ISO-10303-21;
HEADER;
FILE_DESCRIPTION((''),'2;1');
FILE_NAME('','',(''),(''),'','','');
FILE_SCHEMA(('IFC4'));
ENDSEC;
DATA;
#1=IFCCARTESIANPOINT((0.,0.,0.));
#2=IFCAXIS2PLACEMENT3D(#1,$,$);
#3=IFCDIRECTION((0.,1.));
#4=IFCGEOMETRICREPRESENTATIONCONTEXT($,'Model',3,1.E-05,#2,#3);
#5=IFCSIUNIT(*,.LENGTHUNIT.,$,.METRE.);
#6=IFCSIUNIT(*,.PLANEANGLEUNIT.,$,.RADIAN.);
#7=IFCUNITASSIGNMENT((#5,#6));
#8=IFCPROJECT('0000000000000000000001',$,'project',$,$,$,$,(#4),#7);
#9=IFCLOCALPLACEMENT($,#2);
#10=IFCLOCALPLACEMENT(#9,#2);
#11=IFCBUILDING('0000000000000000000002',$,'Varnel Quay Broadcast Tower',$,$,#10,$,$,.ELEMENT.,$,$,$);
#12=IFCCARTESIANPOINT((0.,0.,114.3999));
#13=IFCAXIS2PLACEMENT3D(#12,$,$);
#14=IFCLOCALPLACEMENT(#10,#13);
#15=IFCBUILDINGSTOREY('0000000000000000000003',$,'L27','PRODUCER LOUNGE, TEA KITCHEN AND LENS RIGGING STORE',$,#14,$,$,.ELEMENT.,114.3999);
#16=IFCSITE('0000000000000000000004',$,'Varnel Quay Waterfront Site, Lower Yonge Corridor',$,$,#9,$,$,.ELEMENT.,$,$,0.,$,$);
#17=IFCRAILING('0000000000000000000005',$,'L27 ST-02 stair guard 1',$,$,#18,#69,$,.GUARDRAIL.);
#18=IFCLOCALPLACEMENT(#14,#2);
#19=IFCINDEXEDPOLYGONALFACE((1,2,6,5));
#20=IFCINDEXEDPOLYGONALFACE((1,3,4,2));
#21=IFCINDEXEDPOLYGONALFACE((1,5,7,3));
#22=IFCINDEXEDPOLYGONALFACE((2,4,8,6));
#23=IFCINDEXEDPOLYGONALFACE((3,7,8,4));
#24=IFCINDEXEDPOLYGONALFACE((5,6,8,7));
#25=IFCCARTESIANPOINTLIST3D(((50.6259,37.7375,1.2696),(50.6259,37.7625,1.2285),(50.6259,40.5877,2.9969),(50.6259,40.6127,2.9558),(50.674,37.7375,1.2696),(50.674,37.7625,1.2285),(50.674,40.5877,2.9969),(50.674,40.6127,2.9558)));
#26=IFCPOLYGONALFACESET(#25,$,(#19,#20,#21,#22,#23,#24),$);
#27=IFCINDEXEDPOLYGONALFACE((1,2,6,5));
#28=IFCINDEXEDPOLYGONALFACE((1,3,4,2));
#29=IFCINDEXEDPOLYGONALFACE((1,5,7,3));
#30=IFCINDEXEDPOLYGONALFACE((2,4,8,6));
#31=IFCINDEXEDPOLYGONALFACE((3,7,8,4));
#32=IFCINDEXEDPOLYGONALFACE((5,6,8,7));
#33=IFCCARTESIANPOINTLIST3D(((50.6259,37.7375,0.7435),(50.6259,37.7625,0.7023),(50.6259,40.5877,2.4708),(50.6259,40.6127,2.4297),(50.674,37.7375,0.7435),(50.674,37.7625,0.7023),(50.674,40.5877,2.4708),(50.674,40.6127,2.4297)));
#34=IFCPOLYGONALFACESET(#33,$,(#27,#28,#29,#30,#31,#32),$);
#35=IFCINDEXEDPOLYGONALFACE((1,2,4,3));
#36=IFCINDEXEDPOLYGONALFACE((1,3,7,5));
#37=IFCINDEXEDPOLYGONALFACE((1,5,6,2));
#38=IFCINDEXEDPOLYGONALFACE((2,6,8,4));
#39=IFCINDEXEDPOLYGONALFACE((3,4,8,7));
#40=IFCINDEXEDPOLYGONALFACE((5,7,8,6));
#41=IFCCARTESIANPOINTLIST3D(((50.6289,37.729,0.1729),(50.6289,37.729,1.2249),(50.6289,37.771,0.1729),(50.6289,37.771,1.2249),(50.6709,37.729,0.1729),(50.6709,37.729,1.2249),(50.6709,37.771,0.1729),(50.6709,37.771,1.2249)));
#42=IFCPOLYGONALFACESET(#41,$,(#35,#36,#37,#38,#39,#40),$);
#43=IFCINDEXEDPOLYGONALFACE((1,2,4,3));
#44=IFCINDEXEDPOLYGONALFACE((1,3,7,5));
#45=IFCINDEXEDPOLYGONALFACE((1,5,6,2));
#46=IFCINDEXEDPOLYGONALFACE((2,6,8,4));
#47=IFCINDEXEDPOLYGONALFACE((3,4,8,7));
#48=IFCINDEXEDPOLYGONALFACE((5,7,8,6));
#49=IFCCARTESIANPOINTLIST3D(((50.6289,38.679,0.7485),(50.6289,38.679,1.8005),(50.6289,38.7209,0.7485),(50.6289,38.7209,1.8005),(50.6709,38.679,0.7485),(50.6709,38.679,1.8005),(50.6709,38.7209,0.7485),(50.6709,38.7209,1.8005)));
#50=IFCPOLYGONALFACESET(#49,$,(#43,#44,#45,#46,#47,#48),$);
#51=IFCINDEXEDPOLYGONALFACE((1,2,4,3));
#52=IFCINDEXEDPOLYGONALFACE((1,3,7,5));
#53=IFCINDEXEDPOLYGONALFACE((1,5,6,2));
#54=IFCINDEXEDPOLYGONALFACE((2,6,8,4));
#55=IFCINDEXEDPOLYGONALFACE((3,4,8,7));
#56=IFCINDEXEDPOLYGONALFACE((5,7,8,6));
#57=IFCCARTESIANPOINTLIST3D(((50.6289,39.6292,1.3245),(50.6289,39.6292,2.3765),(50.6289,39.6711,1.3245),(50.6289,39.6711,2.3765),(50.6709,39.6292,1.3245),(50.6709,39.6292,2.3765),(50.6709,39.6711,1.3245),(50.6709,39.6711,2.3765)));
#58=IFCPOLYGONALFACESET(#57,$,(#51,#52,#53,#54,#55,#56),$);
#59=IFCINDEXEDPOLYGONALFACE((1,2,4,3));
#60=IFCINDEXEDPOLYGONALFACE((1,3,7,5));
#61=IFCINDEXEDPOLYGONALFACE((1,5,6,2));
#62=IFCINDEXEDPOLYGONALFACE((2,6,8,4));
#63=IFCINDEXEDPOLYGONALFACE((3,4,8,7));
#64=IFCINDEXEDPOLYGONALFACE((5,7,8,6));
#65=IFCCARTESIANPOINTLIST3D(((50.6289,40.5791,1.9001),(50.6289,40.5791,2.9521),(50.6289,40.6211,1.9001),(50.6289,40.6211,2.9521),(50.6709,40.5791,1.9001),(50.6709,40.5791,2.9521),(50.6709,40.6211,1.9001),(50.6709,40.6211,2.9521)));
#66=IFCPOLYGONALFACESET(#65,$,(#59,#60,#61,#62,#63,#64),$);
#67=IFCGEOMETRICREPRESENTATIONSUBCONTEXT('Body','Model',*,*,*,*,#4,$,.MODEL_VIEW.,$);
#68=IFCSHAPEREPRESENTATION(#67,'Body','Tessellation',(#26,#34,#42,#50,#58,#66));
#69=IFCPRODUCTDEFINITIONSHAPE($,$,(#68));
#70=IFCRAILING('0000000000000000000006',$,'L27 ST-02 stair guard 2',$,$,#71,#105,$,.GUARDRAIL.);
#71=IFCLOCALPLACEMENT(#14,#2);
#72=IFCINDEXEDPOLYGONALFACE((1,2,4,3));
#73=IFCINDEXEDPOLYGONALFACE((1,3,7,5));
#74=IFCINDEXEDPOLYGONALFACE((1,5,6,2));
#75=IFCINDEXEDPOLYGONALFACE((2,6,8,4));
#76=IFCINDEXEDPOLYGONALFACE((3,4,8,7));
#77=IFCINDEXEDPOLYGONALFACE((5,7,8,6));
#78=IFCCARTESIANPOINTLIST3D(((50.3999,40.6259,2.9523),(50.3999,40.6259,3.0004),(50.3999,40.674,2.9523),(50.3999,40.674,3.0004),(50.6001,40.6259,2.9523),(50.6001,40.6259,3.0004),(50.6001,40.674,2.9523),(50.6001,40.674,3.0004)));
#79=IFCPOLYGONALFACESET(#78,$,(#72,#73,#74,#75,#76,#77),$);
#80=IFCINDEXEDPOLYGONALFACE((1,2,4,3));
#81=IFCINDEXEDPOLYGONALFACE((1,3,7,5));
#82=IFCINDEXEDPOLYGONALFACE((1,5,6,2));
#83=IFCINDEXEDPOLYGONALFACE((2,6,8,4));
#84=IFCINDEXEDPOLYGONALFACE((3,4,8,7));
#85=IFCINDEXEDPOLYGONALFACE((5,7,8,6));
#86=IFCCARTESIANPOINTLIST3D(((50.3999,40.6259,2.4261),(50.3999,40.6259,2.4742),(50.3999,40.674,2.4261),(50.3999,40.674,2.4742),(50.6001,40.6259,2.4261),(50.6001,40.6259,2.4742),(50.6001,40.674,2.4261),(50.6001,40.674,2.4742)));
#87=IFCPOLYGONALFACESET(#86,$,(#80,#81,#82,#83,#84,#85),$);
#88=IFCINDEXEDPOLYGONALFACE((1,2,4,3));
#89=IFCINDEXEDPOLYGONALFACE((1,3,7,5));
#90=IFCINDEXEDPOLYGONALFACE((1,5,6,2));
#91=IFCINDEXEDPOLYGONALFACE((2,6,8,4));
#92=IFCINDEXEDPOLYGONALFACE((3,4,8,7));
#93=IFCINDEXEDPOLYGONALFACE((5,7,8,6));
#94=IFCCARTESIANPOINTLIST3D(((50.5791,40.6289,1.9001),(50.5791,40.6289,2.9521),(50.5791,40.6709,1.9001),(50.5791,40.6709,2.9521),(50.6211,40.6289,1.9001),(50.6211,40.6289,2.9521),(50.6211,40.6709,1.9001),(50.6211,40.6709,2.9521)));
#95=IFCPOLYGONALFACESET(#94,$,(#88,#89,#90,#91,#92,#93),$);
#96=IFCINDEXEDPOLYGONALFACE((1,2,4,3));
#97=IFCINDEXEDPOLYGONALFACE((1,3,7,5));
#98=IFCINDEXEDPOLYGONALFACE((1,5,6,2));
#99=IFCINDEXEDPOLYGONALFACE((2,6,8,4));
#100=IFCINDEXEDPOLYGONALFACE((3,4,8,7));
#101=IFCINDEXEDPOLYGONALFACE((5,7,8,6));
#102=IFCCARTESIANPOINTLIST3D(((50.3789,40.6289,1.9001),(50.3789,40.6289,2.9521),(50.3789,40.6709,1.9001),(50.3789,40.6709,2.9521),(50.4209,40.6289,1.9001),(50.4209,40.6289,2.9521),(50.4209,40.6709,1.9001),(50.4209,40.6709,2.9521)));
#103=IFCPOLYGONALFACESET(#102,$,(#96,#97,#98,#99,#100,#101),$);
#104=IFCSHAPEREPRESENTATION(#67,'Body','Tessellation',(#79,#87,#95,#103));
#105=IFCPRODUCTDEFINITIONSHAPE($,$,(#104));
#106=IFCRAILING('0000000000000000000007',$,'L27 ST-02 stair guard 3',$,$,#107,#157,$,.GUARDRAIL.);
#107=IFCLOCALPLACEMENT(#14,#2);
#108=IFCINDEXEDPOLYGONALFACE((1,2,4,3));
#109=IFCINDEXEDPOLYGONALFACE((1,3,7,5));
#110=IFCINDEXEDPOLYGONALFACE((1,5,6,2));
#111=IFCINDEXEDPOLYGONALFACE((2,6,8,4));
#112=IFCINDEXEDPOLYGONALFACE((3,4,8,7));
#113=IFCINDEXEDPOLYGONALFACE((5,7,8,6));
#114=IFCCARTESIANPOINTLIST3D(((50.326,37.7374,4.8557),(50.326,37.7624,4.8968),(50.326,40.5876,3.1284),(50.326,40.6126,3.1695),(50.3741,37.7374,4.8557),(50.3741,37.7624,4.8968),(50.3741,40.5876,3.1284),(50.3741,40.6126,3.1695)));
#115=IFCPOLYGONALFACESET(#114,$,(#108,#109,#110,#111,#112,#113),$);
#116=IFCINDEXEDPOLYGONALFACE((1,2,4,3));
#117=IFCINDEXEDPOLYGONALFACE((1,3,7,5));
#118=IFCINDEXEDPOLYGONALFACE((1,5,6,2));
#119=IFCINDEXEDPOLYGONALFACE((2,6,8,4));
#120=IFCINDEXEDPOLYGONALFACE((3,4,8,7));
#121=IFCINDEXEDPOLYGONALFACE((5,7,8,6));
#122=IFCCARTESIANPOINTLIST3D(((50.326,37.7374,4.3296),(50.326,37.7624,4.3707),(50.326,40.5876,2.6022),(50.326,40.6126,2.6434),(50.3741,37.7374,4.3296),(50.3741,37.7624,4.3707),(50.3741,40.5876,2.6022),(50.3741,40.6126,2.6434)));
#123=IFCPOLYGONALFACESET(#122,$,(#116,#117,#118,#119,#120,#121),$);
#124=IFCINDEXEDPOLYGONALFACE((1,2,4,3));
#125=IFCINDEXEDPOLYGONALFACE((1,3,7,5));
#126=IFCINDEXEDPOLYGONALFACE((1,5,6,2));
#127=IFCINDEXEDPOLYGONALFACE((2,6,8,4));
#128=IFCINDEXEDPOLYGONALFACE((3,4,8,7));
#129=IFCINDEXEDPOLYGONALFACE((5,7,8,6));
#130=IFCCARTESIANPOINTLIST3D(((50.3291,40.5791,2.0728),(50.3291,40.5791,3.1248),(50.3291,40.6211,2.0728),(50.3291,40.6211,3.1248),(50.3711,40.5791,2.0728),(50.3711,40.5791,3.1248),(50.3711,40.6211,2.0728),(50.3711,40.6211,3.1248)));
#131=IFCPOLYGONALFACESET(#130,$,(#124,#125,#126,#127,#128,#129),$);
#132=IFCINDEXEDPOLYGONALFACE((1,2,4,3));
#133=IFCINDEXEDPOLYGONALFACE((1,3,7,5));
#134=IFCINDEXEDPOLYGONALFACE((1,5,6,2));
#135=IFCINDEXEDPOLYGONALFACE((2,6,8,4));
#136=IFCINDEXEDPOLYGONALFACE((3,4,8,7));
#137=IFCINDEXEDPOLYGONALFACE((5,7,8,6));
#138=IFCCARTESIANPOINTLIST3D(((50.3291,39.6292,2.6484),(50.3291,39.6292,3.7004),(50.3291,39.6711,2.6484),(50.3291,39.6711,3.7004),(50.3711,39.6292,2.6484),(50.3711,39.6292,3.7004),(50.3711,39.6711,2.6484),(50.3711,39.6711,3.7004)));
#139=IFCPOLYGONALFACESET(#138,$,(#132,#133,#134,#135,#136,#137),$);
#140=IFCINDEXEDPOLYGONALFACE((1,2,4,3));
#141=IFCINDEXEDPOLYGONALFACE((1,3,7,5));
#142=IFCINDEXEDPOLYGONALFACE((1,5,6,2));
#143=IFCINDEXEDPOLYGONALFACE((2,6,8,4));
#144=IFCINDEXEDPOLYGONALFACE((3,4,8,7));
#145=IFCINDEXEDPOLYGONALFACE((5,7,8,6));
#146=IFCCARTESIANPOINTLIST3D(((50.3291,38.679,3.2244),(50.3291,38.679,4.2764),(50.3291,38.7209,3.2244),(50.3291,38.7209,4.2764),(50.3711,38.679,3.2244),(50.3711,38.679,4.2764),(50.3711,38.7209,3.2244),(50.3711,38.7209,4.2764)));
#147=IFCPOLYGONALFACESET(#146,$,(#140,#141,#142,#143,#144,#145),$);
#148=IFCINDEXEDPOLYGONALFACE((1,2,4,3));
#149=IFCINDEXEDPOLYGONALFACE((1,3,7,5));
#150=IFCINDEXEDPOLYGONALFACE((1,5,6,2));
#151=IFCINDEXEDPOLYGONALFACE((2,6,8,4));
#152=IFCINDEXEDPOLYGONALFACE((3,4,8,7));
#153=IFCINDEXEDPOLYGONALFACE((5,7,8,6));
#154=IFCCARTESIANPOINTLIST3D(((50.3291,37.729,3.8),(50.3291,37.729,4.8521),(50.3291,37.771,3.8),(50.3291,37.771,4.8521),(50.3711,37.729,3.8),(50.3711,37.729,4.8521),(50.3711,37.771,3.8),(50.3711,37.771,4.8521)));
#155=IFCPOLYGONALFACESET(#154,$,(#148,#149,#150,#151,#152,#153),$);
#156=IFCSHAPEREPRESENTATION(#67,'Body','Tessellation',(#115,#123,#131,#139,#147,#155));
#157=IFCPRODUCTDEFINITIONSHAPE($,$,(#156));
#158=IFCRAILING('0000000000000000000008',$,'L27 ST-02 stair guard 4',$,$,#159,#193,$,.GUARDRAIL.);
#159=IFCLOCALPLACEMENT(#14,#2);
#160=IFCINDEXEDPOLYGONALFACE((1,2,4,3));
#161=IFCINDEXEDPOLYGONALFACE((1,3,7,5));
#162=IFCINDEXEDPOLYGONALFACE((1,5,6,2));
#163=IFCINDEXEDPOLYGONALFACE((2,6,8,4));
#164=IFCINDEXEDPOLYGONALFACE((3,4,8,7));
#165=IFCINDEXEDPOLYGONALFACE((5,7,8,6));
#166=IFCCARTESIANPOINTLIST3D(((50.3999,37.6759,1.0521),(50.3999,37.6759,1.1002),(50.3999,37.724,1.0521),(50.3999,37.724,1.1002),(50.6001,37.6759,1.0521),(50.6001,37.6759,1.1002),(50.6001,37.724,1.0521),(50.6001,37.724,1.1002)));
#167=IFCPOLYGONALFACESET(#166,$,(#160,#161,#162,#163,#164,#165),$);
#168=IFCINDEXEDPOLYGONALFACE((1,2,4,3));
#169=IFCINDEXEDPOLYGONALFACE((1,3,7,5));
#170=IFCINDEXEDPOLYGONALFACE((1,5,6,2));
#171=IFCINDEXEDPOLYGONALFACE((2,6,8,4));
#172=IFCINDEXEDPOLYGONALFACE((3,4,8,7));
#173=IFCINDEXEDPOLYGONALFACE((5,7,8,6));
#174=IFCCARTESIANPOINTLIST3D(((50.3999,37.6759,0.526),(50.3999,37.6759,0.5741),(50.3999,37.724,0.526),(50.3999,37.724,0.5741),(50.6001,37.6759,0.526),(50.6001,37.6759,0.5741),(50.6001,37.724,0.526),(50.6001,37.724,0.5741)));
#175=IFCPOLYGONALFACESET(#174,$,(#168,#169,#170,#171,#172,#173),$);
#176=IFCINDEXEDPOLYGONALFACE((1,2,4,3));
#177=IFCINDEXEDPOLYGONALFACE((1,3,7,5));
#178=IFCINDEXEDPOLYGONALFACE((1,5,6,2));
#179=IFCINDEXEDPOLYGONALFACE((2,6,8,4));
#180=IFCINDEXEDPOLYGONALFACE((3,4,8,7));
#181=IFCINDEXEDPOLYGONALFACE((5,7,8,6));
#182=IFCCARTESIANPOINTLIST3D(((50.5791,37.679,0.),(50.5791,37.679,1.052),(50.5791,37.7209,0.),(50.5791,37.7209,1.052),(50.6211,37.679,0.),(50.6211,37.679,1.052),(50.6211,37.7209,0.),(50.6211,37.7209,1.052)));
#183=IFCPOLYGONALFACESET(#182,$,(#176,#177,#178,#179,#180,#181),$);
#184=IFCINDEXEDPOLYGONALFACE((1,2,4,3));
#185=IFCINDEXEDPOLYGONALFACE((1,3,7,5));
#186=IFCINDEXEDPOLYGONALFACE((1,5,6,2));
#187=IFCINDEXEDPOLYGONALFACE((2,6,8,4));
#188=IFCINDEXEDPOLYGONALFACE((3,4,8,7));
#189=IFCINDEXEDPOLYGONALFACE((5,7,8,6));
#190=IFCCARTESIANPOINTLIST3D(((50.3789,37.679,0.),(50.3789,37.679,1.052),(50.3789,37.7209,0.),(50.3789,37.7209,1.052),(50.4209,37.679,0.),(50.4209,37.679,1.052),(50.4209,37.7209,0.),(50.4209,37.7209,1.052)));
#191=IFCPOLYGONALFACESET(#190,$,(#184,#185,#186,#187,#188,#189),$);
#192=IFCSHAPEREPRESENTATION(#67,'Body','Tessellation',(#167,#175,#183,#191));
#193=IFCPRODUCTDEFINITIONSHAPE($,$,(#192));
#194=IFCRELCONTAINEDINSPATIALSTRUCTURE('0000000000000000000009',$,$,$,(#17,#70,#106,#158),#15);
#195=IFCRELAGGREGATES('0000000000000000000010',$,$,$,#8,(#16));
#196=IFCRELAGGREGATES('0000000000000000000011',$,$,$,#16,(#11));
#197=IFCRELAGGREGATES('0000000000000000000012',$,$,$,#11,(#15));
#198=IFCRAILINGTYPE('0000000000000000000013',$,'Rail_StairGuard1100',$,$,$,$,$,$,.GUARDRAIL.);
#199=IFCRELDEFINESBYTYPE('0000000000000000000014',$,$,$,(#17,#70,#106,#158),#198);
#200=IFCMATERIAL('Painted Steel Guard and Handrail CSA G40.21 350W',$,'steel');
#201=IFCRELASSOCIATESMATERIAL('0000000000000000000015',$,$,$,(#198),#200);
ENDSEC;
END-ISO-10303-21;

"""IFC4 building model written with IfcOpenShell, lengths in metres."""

from ifc_helpers import new_model, si_unit, direction, frame, origin, origin_2d, place, context, subcontext, project, spatial, rectangle, extrude, material, type_object, element, save


model = new_model("IFC4")

# Units and contexts
model_context = context("Model", 3, precision=1e-05, world=origin(), true_north=direction((0.0, 1.0)))
body_context = subcontext(model_context, "Body", "Model", "MODEL_VIEW")
ifc_project = project(units=[si_unit("LENGTHUNIT", "METRE"), si_unit("PLANEANGLEUNIT", "RADIAN")], contexts=[model_context])

# Site, building, storey
site_placement = place(None, origin())
site = spatial("IfcSite", under=ifc_project, at=site_placement, Name="Varnel Quay Waterfront Site, Lower Yonge Corridor", CompositionType="ELEMENT", RefElevation=0.0)
building_placement = place(site_placement, origin())
building = spatial("IfcBuilding", under=site, at=building_placement, Name="Varnel Quay Broadcast Tower", CompositionType="ELEMENT")
storey_placement = place(building_placement, frame((0.0, 0.0, 114.3999)))
storey = spatial("IfcBuildingStorey", under=building, at=storey_placement, Name="L27", Description="PRODUCER LOUNGE, TEA KITCHEN AND LENS RIGGING STORE", CompositionType="ELEMENT", Elevation=114.3999)

# Railings
ifc_material_1 = material(Name="Painted Steel Guard and Handrail CSA G40.21 350W", Category="steel")
railing_type_1 = type_object("IfcRailingType", Name="Rail_StairGuard1100", PredefinedType="GUARDRAIL", material=ifc_material_1)
railing_1_placement = place(storey_placement, frame((50.6499, 37.75, 0.1729)))
element("IfcRailing", 1, at=railing_1_placement, inside=storey, type_object=railing_type_1, Name="L27 ST-02 stair guard 1", PredefinedType="GUARDRAIL", context=body_context, shape_type="SweptSolid", body=[
    extrude(rectangle(XDim=0.0481, YDim=0.0481, at=origin_2d()), frame((0.0, 0.0, 1.0762), z_axis=(0.0, 0.855203, 0.518294), x_axis=(-1.0, 0.0, 0.0)), (0.0, 0.0, 1.0), 3.3328),
    extrude(rectangle(XDim=0.0481, YDim=0.0481, at=origin_2d()), frame((0.0, 0.0, 0.55), z_axis=(0.0, 0.855203, 0.518294), x_axis=(-1.0, 0.0, 0.0)), (0.0, 0.0, 1.0), 3.3328),
    extrude(rectangle(XDim=0.042, YDim=0.042, at=origin_2d()), origin(), (0.0, 0.0, 1.0), 1.052),
    extrude(rectangle(XDim=0.042, YDim=0.042, at=origin_2d()), frame((0.0, 0.95, 0.5757)), (0.0, 0.0, 1.0), 1.052),
    extrude(rectangle(XDim=0.042, YDim=0.042, at=origin_2d()), frame((0.0, 1.9001, 1.1516)), (0.0, 0.0, 1.0), 1.052),
    extrude(rectangle(XDim=0.042, YDim=0.042, at=origin_2d()), frame((0.0, 2.8501, 1.7273)), (0.0, 0.0, 1.0), 1.052),
])
railing_2_placement = place(storey_placement, frame((50.6001, 40.6499, 1.9001)))
element("IfcRailing", 2, at=railing_2_placement, inside=storey, type_object=railing_type_1, Name="L27 ST-02 stair guard 2", PredefinedType="GUARDRAIL", context=body_context, shape_type="SweptSolid", body=[
    extrude(rectangle(XDim=0.0481, YDim=0.0481, at=origin_2d()), frame((0.0, 0.0, 1.0762), z_axis=(-1.0, 0.0, 0.0), x_axis=(0.0, -1.0, 0.0)), (0.0, 0.0, 1.0), 0.2002),
    extrude(rectangle(XDim=0.0481, YDim=0.0481, at=origin_2d()), frame((0.0, 0.0, 0.55), z_axis=(-1.0, 0.0, 0.0), x_axis=(0.0, -1.0, 0.0)), (0.0, 0.0, 1.0), 0.2002),
    extrude(rectangle(XDim=0.042, YDim=0.042, at=origin_2d()), origin(), (0.0, 0.0, 1.0), 1.052),
    extrude(rectangle(XDim=0.042, YDim=0.042, at=origin_2d()), frame((-0.2002, 0.0, 0.0)), (0.0, 0.0, 1.0), 1.052),
])
railing_3_placement = place(storey_placement, frame((50.3501, 40.6001, 2.0728)))
element("IfcRailing", 3, at=railing_3_placement, inside=storey, type_object=railing_type_1, Name="L27 ST-02 stair guard 3", PredefinedType="GUARDRAIL", context=body_context, shape_type="SweptSolid", body=[
    extrude(rectangle(XDim=0.0481, YDim=0.0481, at=origin_2d()), frame((0.0, 0.0, 1.0762), z_axis=(0.0, -0.855203, 0.518294), x_axis=(1.0, 0.0, 0.0)), (0.0, 0.0, 1.0), 3.3328),
    extrude(rectangle(XDim=0.0481, YDim=0.0481, at=origin_2d()), frame((0.0, 0.0, 0.55), z_axis=(0.0, -0.855203, 0.518294), x_axis=(1.0, 0.0, 0.0)), (0.0, 0.0, 1.0), 3.3328),
    extrude(rectangle(XDim=0.042, YDim=0.042, at=origin_2d()), origin(), (0.0, 0.0, 1.0), 1.052),
    extrude(rectangle(XDim=0.042, YDim=0.042, at=origin_2d()), frame((0.0, -0.95, 0.5757)), (0.0, 0.0, 1.0), 1.052),
    extrude(rectangle(XDim=0.042, YDim=0.042, at=origin_2d()), frame((0.0, -1.9001, 1.1516)), (0.0, 0.0, 1.0), 1.052),
    extrude(rectangle(XDim=0.042, YDim=0.042, at=origin_2d()), frame((0.0, -2.8501, 1.7273)), (0.0, 0.0, 1.0), 1.052),
])
railing_4_placement = place(storey_placement, frame((50.6001, 37.7, 0.0)))
element("IfcRailing", 4, at=railing_4_placement, inside=storey, type_object=railing_type_1, Name="L27 ST-02 stair guard 4", PredefinedType="GUARDRAIL", context=body_context, shape_type="SweptSolid", body=[
    extrude(rectangle(XDim=0.0481, YDim=0.0481, at=origin_2d()), frame((0.0, 0.0, 1.0762), z_axis=(-1.0, 0.0, 0.0), x_axis=(0.0, -1.0, 0.0)), (0.0, 0.0, 1.0), 0.2002),
    extrude(rectangle(XDim=0.0481, YDim=0.0481, at=origin_2d()), frame((0.0, 0.0, 0.55), z_axis=(-1.0, 0.0, 0.0), x_axis=(0.0, -1.0, 0.0)), (0.0, 0.0, 1.0), 0.2002),
    extrude(rectangle(XDim=0.042, YDim=0.042, at=origin_2d()), origin(), (0.0, 0.0, 1.0), 1.052),
    extrude(rectangle(XDim=0.042, YDim=0.042, at=origin_2d()), frame((-0.2002, 0.0, 0.0)), (0.0, 0.0, 1.0), 1.052),
])

save(model, "model.ifc")
